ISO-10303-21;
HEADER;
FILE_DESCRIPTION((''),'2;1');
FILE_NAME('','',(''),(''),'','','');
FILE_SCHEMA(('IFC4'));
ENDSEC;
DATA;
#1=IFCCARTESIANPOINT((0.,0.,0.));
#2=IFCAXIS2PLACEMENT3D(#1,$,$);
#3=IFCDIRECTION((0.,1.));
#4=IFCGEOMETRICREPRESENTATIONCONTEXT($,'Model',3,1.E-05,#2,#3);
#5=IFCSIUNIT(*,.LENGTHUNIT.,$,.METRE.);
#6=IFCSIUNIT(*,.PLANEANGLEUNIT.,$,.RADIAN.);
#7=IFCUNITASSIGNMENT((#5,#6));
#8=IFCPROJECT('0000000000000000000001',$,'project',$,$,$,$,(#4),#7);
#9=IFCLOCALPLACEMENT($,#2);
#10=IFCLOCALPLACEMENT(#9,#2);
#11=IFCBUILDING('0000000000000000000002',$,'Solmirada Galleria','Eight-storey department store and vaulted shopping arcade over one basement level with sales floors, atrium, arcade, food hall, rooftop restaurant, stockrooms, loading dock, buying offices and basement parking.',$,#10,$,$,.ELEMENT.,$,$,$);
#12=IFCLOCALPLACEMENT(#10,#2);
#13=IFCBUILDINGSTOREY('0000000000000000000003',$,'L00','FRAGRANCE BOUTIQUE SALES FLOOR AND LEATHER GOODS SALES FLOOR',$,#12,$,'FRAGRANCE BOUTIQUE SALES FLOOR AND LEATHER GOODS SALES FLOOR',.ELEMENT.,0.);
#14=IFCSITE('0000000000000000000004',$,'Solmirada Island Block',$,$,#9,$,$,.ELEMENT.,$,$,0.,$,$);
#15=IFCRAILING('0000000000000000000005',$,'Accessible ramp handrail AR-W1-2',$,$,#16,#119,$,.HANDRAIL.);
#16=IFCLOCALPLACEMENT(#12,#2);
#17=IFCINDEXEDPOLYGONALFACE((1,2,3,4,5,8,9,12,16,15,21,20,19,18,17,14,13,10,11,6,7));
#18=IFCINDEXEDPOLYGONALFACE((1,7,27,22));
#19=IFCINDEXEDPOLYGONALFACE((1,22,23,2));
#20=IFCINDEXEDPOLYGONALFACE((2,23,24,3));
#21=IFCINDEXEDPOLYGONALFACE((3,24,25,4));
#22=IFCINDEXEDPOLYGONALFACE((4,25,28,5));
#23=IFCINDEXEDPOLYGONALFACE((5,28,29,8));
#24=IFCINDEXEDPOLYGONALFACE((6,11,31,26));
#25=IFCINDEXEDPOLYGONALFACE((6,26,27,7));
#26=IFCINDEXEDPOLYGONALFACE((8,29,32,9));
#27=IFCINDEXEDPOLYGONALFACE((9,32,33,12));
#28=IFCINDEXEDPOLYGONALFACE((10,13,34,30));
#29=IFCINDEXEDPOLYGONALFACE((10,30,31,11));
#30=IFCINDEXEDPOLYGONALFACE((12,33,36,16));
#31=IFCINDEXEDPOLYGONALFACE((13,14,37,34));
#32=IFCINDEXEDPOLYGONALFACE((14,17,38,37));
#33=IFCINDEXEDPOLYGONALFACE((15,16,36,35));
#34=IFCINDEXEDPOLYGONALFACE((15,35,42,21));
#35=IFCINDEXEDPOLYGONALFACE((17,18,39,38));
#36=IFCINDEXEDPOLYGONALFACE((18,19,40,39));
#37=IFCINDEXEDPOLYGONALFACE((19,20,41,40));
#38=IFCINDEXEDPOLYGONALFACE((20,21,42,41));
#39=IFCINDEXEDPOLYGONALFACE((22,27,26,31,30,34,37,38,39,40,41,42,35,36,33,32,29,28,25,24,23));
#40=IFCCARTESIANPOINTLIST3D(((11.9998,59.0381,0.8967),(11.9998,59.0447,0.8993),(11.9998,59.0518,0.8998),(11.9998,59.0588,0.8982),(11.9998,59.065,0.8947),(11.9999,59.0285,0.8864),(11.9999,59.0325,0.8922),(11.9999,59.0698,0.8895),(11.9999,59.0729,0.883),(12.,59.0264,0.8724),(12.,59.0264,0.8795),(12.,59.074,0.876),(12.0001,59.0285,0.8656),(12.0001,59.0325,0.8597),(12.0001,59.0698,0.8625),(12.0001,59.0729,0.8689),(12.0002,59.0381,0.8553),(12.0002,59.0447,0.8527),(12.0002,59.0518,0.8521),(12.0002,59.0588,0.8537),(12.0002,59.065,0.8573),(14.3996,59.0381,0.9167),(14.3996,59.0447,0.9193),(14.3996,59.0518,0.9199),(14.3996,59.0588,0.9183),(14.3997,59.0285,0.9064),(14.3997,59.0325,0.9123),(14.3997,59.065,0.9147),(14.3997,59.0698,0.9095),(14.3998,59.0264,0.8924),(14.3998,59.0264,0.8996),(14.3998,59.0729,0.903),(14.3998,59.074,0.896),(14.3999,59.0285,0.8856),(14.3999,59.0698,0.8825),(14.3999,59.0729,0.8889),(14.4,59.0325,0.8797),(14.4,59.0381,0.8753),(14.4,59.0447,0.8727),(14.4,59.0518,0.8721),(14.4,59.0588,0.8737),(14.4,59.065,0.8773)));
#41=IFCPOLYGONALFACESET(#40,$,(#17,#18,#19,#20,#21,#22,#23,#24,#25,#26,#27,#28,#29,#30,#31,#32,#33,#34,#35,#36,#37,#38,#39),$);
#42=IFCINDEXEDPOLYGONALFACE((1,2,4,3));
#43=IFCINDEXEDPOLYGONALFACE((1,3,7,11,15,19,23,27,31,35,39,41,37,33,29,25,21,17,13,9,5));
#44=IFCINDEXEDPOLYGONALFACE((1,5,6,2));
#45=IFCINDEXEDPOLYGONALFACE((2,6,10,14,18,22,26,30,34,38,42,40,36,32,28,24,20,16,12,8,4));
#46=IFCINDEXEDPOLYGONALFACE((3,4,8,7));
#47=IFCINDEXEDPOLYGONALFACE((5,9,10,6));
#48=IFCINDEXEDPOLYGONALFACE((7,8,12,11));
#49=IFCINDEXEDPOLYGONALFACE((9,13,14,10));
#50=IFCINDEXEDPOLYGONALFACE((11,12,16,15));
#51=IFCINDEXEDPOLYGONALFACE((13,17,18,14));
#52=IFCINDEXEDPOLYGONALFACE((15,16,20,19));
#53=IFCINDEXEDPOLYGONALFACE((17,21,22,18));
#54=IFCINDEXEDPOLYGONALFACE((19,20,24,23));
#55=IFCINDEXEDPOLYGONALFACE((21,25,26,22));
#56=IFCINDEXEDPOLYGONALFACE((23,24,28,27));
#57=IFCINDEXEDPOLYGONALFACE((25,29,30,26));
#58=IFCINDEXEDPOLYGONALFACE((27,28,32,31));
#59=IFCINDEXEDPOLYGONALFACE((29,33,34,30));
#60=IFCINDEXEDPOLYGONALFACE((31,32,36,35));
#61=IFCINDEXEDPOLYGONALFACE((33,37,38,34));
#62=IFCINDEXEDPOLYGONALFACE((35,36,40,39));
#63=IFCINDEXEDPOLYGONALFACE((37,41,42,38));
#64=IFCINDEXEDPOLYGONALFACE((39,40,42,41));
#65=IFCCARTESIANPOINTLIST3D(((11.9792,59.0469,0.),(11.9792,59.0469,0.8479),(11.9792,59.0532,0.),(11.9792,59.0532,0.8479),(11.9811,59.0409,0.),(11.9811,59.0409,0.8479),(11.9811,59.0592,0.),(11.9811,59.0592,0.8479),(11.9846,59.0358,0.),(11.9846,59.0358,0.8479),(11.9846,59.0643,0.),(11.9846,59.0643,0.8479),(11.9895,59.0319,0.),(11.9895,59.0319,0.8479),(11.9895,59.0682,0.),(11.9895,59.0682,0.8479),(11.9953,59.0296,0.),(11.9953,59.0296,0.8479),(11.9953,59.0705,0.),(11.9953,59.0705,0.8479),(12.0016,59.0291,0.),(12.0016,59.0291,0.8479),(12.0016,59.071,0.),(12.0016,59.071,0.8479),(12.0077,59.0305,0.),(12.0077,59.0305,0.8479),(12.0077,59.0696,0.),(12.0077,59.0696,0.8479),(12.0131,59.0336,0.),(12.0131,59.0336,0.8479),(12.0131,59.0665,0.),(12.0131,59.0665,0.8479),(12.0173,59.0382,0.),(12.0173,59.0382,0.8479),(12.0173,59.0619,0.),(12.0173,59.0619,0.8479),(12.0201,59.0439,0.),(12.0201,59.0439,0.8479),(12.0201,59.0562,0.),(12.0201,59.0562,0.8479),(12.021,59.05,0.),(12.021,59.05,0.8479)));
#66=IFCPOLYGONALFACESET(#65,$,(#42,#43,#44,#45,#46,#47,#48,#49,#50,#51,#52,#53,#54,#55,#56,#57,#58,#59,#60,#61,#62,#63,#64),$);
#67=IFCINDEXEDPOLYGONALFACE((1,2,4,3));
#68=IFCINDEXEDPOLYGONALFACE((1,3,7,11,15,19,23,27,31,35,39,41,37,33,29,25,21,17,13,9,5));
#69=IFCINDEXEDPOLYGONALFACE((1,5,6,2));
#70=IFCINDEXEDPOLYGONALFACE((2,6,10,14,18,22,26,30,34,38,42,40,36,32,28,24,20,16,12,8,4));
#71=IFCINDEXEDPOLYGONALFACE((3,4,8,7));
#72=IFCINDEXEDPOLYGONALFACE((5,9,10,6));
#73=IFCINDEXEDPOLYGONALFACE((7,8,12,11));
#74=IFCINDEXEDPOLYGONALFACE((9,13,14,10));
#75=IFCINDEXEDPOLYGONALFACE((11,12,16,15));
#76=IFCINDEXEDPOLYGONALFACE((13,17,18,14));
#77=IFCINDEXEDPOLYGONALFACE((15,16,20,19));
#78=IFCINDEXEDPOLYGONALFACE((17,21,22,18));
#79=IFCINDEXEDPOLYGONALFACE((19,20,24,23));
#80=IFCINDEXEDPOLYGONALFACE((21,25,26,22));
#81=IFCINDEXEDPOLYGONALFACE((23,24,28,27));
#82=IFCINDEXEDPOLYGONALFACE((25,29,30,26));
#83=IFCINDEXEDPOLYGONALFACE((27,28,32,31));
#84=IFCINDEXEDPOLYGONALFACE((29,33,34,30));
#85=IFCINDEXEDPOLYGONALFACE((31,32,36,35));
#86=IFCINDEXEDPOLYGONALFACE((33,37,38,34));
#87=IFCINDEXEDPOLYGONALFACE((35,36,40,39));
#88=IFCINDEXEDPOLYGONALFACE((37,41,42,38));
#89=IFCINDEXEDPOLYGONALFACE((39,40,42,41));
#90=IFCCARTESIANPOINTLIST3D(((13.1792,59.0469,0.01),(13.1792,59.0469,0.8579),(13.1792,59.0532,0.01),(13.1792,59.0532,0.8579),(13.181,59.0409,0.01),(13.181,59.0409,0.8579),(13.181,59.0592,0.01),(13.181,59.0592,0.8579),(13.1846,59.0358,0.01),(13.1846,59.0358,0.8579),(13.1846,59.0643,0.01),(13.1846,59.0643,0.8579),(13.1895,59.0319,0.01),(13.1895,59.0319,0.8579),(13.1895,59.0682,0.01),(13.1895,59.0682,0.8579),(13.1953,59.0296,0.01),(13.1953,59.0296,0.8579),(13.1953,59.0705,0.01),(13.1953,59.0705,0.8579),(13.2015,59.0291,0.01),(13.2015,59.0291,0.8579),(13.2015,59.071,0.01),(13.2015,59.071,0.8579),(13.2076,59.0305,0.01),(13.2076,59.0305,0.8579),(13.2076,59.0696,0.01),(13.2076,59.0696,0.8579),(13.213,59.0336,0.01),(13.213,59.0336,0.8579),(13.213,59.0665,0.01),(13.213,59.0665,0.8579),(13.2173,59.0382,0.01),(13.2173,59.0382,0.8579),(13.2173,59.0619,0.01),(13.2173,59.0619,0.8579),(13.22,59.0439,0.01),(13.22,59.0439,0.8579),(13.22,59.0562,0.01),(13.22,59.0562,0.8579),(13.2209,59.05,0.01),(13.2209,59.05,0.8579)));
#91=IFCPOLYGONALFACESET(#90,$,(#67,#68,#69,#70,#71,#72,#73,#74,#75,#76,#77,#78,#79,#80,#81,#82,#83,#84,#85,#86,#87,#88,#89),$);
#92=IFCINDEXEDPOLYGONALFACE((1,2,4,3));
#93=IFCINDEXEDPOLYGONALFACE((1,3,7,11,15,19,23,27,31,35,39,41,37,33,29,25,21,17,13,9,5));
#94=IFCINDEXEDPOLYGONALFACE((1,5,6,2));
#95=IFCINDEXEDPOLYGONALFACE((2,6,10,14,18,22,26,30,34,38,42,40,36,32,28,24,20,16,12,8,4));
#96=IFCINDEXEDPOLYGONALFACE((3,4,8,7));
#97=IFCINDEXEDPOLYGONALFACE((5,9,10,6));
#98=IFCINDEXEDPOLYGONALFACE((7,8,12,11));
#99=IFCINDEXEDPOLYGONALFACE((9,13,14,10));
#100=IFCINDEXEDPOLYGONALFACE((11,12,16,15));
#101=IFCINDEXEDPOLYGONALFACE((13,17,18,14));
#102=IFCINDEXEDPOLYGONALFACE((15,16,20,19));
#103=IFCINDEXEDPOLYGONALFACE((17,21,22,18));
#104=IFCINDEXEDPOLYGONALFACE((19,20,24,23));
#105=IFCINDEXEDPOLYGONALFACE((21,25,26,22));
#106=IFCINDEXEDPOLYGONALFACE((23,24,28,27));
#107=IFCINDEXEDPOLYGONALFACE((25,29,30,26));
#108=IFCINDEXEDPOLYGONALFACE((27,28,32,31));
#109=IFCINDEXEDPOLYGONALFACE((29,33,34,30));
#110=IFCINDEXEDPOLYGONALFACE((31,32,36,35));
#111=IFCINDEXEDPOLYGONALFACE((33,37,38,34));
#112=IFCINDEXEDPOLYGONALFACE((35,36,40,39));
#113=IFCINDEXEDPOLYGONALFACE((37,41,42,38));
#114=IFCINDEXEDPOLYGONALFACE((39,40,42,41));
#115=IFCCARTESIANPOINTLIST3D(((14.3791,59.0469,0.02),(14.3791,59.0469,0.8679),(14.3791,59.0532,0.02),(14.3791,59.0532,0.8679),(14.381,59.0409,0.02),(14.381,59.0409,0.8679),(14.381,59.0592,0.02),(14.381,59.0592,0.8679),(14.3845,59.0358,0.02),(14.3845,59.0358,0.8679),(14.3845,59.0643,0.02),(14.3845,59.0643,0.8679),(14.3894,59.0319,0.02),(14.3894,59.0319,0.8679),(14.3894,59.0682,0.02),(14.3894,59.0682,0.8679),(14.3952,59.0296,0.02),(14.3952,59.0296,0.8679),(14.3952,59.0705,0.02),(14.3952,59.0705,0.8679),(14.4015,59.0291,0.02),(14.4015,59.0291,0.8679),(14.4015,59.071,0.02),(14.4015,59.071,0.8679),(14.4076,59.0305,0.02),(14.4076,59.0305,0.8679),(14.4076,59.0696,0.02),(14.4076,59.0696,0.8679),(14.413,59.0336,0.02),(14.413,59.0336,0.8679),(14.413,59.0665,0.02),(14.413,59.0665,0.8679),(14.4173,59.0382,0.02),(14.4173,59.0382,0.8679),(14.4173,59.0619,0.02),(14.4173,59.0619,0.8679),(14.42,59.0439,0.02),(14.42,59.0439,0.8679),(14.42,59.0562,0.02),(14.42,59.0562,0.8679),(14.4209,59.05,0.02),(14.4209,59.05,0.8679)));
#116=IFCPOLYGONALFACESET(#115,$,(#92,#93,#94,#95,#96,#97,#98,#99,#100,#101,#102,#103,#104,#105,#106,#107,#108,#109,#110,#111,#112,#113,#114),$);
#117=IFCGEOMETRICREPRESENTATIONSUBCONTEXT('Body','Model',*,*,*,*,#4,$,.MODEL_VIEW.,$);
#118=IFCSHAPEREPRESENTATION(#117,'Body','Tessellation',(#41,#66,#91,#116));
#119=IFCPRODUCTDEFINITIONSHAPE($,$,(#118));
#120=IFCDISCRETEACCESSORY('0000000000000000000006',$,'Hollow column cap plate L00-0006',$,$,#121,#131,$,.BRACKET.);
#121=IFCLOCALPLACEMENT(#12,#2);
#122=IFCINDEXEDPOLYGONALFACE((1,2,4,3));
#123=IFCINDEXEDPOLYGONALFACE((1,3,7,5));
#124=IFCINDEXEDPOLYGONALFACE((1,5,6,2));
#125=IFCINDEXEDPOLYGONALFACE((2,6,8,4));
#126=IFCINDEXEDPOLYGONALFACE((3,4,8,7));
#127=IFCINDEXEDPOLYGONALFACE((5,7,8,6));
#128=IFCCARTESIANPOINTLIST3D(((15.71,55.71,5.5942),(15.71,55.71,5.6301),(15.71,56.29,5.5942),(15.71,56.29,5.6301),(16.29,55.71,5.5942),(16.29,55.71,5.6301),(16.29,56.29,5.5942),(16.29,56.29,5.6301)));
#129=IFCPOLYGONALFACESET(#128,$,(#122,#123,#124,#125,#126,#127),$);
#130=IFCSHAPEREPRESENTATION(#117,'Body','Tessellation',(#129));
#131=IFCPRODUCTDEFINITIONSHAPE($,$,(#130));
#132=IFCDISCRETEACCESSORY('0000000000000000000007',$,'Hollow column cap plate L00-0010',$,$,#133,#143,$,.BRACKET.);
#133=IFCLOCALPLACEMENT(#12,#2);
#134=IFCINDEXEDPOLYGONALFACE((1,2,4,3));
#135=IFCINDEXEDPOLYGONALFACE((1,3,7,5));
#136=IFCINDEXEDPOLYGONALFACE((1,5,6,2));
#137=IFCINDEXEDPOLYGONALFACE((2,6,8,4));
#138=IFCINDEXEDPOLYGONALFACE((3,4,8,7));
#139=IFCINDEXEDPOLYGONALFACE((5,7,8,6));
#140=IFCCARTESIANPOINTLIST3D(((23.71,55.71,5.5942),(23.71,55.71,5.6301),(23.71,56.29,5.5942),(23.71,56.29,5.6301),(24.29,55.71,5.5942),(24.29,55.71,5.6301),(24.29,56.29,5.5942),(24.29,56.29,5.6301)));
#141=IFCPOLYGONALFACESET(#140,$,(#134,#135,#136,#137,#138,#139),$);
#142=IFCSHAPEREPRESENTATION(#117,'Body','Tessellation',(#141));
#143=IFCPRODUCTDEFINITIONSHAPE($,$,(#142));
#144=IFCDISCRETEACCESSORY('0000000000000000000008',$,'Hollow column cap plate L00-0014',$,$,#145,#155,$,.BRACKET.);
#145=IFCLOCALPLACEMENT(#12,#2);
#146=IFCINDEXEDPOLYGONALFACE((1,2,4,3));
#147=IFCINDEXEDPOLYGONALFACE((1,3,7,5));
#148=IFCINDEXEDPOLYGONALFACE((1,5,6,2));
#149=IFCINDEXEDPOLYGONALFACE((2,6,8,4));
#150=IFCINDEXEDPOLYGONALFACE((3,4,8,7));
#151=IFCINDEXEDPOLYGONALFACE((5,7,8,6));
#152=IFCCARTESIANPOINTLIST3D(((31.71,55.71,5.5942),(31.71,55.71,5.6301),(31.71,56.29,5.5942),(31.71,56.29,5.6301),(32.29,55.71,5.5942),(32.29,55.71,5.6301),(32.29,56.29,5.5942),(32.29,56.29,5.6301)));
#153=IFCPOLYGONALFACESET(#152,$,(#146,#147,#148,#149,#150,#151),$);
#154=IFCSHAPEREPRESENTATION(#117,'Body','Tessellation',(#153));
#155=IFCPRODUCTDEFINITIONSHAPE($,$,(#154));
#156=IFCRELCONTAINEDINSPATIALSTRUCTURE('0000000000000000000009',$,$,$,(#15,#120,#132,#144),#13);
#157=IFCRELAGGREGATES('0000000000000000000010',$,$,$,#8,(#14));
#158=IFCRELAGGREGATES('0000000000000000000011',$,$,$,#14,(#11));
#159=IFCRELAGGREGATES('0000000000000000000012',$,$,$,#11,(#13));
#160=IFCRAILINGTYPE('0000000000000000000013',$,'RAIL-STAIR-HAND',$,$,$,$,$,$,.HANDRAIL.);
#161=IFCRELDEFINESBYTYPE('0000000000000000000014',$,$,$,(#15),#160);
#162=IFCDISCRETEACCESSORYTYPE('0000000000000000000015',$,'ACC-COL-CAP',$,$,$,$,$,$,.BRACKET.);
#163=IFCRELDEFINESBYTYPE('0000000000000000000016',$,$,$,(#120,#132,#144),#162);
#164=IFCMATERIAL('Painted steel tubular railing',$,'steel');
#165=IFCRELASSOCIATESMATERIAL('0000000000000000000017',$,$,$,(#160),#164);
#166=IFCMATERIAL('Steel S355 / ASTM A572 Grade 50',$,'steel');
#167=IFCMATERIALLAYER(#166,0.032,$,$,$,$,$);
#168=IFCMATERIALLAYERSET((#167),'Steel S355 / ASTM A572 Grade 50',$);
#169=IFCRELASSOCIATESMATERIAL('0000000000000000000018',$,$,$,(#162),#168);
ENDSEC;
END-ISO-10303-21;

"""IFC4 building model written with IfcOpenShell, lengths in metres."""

from ifc_helpers import new_model, si_unit, direction, frame, origin, origin_2d, place, context, subcontext, project, spatial, rectangle, circle, extrude, material, layer, layer_set, type_object, element, save


model = new_model("IFC4")

# Units and contexts
model_context = context("Model", 3, precision=1e-05, world=origin(), true_north=direction((0.0, 1.0)))
body_context = subcontext(model_context, "Body", "Model", "MODEL_VIEW")
ifc_project = project(units=[si_unit("LENGTHUNIT", "METRE"), si_unit("PLANEANGLEUNIT", "RADIAN")], contexts=[model_context])

# Site, building, storey
site_placement = place(None, origin())
site = spatial("IfcSite", under=ifc_project, at=site_placement, Name="Solmirada Island Block", CompositionType="ELEMENT", RefElevation=0.0)
building_placement = place(site_placement, origin())
building = spatial("IfcBuilding", under=site, at=building_placement, Name="Solmirada Galleria", Description="Eight-storey department store and vaulted shopping arcade over one basement level with sales floors, atrium, arcade, food hall, rooftop restaurant, stockrooms, loading dock, buying offices and basement parking.", CompositionType="ELEMENT")
storey_placement = place(building_placement, origin())
storey = spatial("IfcBuildingStorey", under=building, at=storey_placement, Name="L00", Description="FRAGRANCE BOUTIQUE SALES FLOOR AND LEATHER GOODS SALES FLOOR", LongName="FRAGRANCE BOUTIQUE SALES FLOOR AND LEATHER GOODS SALES FLOOR", CompositionType="ELEMENT", Elevation=0.0)

# Railing
ifc_material_1 = material(Name="Painted steel tubular railing", Category="steel")
railing_type = type_object("IfcRailingType", Name="RAIL-STAIR-HAND", PredefinedType="HANDRAIL", material=ifc_material_1)
for number, where, name in (
    (1, (12.0, 59.05, 0.0), "Accessible ramp handrail AR-W1-2"),
):
    element("IfcRailing", number, at=place(storey_placement, frame(where)), inside=storey, type_object=railing_type, Name=name, PredefinedType="HANDRAIL", context=body_context, shape_type="SweptSolid", body=[
        extrude(circle(Radius=0.0239, at=origin_2d()), frame((0.0, 0.0, 0.876), z_axis=(0.999965, 0.0, 0.008342), x_axis=(0.0, 1.0, 0.0)), (0.0, 0.0, 1.0), 2.3999),
        extrude(circle(Radius=0.021, at=origin_2d()), origin(), (0.0, 0.0, 1.0), 0.8479),
        extrude(circle(Radius=0.021, at=origin_2d()), frame((1.2, 0.0, 0.01)), (0.0, 0.0, 1.0), 0.8479),
        extrude(circle(Radius=0.021, at=origin_2d()), frame((2.3999, 0.0, 0.02)), (0.0, 0.0, 1.0), 0.8479),
    ])

# Discrete accessories
ifc_material_2 = material(Name="Steel S355 / ASTM A572 Grade 50", Category="steel")
ifc_layer_1 = layer(ifc_material_2, 0.032)
ifc_layer_set_1 = layer_set([ifc_layer_1], Name="Steel S355 / ASTM A572 Grade 50")
discrete_accessory_type = type_object("IfcDiscreteAccessoryType", Name="ACC-COL-CAP", PredefinedType="BRACKET", material=ifc_layer_set_1)
for number, where, z_axis, x_axis, name in (
    (2, (16.0, 56.0, 5.5942), (0.0, 0.0, 1.0), (1.0, 0.0, 0.0), "Hollow column cap plate L00-0006"),
    (3, (24.0, 56.0, 5.5942), (0.0, 0.0, 1.0), (1.0, 0.0, 0.0), "Hollow column cap plate L00-0010"),
    (4, (32.0, 56.0, 5.5942), (0.0, 0.0, 1.0), (1.0, 0.0, 0.0), "Hollow column cap plate L00-0014"),
):
    element("IfcDiscreteAccessory", number, at=place(storey_placement, frame(where, z_axis=z_axis, x_axis=x_axis)), inside=storey, type_object=discrete_accessory_type, Name=name, PredefinedType="BRACKET", context=body_context, shape_type="SweptSolid", body=[
        extrude(rectangle(XDim=0.5801, YDim=0.5801, at=origin_2d()), origin(), (0.0, 0.0, 1.0), 0.0359),
    ])

save(model, "model.ifc")
